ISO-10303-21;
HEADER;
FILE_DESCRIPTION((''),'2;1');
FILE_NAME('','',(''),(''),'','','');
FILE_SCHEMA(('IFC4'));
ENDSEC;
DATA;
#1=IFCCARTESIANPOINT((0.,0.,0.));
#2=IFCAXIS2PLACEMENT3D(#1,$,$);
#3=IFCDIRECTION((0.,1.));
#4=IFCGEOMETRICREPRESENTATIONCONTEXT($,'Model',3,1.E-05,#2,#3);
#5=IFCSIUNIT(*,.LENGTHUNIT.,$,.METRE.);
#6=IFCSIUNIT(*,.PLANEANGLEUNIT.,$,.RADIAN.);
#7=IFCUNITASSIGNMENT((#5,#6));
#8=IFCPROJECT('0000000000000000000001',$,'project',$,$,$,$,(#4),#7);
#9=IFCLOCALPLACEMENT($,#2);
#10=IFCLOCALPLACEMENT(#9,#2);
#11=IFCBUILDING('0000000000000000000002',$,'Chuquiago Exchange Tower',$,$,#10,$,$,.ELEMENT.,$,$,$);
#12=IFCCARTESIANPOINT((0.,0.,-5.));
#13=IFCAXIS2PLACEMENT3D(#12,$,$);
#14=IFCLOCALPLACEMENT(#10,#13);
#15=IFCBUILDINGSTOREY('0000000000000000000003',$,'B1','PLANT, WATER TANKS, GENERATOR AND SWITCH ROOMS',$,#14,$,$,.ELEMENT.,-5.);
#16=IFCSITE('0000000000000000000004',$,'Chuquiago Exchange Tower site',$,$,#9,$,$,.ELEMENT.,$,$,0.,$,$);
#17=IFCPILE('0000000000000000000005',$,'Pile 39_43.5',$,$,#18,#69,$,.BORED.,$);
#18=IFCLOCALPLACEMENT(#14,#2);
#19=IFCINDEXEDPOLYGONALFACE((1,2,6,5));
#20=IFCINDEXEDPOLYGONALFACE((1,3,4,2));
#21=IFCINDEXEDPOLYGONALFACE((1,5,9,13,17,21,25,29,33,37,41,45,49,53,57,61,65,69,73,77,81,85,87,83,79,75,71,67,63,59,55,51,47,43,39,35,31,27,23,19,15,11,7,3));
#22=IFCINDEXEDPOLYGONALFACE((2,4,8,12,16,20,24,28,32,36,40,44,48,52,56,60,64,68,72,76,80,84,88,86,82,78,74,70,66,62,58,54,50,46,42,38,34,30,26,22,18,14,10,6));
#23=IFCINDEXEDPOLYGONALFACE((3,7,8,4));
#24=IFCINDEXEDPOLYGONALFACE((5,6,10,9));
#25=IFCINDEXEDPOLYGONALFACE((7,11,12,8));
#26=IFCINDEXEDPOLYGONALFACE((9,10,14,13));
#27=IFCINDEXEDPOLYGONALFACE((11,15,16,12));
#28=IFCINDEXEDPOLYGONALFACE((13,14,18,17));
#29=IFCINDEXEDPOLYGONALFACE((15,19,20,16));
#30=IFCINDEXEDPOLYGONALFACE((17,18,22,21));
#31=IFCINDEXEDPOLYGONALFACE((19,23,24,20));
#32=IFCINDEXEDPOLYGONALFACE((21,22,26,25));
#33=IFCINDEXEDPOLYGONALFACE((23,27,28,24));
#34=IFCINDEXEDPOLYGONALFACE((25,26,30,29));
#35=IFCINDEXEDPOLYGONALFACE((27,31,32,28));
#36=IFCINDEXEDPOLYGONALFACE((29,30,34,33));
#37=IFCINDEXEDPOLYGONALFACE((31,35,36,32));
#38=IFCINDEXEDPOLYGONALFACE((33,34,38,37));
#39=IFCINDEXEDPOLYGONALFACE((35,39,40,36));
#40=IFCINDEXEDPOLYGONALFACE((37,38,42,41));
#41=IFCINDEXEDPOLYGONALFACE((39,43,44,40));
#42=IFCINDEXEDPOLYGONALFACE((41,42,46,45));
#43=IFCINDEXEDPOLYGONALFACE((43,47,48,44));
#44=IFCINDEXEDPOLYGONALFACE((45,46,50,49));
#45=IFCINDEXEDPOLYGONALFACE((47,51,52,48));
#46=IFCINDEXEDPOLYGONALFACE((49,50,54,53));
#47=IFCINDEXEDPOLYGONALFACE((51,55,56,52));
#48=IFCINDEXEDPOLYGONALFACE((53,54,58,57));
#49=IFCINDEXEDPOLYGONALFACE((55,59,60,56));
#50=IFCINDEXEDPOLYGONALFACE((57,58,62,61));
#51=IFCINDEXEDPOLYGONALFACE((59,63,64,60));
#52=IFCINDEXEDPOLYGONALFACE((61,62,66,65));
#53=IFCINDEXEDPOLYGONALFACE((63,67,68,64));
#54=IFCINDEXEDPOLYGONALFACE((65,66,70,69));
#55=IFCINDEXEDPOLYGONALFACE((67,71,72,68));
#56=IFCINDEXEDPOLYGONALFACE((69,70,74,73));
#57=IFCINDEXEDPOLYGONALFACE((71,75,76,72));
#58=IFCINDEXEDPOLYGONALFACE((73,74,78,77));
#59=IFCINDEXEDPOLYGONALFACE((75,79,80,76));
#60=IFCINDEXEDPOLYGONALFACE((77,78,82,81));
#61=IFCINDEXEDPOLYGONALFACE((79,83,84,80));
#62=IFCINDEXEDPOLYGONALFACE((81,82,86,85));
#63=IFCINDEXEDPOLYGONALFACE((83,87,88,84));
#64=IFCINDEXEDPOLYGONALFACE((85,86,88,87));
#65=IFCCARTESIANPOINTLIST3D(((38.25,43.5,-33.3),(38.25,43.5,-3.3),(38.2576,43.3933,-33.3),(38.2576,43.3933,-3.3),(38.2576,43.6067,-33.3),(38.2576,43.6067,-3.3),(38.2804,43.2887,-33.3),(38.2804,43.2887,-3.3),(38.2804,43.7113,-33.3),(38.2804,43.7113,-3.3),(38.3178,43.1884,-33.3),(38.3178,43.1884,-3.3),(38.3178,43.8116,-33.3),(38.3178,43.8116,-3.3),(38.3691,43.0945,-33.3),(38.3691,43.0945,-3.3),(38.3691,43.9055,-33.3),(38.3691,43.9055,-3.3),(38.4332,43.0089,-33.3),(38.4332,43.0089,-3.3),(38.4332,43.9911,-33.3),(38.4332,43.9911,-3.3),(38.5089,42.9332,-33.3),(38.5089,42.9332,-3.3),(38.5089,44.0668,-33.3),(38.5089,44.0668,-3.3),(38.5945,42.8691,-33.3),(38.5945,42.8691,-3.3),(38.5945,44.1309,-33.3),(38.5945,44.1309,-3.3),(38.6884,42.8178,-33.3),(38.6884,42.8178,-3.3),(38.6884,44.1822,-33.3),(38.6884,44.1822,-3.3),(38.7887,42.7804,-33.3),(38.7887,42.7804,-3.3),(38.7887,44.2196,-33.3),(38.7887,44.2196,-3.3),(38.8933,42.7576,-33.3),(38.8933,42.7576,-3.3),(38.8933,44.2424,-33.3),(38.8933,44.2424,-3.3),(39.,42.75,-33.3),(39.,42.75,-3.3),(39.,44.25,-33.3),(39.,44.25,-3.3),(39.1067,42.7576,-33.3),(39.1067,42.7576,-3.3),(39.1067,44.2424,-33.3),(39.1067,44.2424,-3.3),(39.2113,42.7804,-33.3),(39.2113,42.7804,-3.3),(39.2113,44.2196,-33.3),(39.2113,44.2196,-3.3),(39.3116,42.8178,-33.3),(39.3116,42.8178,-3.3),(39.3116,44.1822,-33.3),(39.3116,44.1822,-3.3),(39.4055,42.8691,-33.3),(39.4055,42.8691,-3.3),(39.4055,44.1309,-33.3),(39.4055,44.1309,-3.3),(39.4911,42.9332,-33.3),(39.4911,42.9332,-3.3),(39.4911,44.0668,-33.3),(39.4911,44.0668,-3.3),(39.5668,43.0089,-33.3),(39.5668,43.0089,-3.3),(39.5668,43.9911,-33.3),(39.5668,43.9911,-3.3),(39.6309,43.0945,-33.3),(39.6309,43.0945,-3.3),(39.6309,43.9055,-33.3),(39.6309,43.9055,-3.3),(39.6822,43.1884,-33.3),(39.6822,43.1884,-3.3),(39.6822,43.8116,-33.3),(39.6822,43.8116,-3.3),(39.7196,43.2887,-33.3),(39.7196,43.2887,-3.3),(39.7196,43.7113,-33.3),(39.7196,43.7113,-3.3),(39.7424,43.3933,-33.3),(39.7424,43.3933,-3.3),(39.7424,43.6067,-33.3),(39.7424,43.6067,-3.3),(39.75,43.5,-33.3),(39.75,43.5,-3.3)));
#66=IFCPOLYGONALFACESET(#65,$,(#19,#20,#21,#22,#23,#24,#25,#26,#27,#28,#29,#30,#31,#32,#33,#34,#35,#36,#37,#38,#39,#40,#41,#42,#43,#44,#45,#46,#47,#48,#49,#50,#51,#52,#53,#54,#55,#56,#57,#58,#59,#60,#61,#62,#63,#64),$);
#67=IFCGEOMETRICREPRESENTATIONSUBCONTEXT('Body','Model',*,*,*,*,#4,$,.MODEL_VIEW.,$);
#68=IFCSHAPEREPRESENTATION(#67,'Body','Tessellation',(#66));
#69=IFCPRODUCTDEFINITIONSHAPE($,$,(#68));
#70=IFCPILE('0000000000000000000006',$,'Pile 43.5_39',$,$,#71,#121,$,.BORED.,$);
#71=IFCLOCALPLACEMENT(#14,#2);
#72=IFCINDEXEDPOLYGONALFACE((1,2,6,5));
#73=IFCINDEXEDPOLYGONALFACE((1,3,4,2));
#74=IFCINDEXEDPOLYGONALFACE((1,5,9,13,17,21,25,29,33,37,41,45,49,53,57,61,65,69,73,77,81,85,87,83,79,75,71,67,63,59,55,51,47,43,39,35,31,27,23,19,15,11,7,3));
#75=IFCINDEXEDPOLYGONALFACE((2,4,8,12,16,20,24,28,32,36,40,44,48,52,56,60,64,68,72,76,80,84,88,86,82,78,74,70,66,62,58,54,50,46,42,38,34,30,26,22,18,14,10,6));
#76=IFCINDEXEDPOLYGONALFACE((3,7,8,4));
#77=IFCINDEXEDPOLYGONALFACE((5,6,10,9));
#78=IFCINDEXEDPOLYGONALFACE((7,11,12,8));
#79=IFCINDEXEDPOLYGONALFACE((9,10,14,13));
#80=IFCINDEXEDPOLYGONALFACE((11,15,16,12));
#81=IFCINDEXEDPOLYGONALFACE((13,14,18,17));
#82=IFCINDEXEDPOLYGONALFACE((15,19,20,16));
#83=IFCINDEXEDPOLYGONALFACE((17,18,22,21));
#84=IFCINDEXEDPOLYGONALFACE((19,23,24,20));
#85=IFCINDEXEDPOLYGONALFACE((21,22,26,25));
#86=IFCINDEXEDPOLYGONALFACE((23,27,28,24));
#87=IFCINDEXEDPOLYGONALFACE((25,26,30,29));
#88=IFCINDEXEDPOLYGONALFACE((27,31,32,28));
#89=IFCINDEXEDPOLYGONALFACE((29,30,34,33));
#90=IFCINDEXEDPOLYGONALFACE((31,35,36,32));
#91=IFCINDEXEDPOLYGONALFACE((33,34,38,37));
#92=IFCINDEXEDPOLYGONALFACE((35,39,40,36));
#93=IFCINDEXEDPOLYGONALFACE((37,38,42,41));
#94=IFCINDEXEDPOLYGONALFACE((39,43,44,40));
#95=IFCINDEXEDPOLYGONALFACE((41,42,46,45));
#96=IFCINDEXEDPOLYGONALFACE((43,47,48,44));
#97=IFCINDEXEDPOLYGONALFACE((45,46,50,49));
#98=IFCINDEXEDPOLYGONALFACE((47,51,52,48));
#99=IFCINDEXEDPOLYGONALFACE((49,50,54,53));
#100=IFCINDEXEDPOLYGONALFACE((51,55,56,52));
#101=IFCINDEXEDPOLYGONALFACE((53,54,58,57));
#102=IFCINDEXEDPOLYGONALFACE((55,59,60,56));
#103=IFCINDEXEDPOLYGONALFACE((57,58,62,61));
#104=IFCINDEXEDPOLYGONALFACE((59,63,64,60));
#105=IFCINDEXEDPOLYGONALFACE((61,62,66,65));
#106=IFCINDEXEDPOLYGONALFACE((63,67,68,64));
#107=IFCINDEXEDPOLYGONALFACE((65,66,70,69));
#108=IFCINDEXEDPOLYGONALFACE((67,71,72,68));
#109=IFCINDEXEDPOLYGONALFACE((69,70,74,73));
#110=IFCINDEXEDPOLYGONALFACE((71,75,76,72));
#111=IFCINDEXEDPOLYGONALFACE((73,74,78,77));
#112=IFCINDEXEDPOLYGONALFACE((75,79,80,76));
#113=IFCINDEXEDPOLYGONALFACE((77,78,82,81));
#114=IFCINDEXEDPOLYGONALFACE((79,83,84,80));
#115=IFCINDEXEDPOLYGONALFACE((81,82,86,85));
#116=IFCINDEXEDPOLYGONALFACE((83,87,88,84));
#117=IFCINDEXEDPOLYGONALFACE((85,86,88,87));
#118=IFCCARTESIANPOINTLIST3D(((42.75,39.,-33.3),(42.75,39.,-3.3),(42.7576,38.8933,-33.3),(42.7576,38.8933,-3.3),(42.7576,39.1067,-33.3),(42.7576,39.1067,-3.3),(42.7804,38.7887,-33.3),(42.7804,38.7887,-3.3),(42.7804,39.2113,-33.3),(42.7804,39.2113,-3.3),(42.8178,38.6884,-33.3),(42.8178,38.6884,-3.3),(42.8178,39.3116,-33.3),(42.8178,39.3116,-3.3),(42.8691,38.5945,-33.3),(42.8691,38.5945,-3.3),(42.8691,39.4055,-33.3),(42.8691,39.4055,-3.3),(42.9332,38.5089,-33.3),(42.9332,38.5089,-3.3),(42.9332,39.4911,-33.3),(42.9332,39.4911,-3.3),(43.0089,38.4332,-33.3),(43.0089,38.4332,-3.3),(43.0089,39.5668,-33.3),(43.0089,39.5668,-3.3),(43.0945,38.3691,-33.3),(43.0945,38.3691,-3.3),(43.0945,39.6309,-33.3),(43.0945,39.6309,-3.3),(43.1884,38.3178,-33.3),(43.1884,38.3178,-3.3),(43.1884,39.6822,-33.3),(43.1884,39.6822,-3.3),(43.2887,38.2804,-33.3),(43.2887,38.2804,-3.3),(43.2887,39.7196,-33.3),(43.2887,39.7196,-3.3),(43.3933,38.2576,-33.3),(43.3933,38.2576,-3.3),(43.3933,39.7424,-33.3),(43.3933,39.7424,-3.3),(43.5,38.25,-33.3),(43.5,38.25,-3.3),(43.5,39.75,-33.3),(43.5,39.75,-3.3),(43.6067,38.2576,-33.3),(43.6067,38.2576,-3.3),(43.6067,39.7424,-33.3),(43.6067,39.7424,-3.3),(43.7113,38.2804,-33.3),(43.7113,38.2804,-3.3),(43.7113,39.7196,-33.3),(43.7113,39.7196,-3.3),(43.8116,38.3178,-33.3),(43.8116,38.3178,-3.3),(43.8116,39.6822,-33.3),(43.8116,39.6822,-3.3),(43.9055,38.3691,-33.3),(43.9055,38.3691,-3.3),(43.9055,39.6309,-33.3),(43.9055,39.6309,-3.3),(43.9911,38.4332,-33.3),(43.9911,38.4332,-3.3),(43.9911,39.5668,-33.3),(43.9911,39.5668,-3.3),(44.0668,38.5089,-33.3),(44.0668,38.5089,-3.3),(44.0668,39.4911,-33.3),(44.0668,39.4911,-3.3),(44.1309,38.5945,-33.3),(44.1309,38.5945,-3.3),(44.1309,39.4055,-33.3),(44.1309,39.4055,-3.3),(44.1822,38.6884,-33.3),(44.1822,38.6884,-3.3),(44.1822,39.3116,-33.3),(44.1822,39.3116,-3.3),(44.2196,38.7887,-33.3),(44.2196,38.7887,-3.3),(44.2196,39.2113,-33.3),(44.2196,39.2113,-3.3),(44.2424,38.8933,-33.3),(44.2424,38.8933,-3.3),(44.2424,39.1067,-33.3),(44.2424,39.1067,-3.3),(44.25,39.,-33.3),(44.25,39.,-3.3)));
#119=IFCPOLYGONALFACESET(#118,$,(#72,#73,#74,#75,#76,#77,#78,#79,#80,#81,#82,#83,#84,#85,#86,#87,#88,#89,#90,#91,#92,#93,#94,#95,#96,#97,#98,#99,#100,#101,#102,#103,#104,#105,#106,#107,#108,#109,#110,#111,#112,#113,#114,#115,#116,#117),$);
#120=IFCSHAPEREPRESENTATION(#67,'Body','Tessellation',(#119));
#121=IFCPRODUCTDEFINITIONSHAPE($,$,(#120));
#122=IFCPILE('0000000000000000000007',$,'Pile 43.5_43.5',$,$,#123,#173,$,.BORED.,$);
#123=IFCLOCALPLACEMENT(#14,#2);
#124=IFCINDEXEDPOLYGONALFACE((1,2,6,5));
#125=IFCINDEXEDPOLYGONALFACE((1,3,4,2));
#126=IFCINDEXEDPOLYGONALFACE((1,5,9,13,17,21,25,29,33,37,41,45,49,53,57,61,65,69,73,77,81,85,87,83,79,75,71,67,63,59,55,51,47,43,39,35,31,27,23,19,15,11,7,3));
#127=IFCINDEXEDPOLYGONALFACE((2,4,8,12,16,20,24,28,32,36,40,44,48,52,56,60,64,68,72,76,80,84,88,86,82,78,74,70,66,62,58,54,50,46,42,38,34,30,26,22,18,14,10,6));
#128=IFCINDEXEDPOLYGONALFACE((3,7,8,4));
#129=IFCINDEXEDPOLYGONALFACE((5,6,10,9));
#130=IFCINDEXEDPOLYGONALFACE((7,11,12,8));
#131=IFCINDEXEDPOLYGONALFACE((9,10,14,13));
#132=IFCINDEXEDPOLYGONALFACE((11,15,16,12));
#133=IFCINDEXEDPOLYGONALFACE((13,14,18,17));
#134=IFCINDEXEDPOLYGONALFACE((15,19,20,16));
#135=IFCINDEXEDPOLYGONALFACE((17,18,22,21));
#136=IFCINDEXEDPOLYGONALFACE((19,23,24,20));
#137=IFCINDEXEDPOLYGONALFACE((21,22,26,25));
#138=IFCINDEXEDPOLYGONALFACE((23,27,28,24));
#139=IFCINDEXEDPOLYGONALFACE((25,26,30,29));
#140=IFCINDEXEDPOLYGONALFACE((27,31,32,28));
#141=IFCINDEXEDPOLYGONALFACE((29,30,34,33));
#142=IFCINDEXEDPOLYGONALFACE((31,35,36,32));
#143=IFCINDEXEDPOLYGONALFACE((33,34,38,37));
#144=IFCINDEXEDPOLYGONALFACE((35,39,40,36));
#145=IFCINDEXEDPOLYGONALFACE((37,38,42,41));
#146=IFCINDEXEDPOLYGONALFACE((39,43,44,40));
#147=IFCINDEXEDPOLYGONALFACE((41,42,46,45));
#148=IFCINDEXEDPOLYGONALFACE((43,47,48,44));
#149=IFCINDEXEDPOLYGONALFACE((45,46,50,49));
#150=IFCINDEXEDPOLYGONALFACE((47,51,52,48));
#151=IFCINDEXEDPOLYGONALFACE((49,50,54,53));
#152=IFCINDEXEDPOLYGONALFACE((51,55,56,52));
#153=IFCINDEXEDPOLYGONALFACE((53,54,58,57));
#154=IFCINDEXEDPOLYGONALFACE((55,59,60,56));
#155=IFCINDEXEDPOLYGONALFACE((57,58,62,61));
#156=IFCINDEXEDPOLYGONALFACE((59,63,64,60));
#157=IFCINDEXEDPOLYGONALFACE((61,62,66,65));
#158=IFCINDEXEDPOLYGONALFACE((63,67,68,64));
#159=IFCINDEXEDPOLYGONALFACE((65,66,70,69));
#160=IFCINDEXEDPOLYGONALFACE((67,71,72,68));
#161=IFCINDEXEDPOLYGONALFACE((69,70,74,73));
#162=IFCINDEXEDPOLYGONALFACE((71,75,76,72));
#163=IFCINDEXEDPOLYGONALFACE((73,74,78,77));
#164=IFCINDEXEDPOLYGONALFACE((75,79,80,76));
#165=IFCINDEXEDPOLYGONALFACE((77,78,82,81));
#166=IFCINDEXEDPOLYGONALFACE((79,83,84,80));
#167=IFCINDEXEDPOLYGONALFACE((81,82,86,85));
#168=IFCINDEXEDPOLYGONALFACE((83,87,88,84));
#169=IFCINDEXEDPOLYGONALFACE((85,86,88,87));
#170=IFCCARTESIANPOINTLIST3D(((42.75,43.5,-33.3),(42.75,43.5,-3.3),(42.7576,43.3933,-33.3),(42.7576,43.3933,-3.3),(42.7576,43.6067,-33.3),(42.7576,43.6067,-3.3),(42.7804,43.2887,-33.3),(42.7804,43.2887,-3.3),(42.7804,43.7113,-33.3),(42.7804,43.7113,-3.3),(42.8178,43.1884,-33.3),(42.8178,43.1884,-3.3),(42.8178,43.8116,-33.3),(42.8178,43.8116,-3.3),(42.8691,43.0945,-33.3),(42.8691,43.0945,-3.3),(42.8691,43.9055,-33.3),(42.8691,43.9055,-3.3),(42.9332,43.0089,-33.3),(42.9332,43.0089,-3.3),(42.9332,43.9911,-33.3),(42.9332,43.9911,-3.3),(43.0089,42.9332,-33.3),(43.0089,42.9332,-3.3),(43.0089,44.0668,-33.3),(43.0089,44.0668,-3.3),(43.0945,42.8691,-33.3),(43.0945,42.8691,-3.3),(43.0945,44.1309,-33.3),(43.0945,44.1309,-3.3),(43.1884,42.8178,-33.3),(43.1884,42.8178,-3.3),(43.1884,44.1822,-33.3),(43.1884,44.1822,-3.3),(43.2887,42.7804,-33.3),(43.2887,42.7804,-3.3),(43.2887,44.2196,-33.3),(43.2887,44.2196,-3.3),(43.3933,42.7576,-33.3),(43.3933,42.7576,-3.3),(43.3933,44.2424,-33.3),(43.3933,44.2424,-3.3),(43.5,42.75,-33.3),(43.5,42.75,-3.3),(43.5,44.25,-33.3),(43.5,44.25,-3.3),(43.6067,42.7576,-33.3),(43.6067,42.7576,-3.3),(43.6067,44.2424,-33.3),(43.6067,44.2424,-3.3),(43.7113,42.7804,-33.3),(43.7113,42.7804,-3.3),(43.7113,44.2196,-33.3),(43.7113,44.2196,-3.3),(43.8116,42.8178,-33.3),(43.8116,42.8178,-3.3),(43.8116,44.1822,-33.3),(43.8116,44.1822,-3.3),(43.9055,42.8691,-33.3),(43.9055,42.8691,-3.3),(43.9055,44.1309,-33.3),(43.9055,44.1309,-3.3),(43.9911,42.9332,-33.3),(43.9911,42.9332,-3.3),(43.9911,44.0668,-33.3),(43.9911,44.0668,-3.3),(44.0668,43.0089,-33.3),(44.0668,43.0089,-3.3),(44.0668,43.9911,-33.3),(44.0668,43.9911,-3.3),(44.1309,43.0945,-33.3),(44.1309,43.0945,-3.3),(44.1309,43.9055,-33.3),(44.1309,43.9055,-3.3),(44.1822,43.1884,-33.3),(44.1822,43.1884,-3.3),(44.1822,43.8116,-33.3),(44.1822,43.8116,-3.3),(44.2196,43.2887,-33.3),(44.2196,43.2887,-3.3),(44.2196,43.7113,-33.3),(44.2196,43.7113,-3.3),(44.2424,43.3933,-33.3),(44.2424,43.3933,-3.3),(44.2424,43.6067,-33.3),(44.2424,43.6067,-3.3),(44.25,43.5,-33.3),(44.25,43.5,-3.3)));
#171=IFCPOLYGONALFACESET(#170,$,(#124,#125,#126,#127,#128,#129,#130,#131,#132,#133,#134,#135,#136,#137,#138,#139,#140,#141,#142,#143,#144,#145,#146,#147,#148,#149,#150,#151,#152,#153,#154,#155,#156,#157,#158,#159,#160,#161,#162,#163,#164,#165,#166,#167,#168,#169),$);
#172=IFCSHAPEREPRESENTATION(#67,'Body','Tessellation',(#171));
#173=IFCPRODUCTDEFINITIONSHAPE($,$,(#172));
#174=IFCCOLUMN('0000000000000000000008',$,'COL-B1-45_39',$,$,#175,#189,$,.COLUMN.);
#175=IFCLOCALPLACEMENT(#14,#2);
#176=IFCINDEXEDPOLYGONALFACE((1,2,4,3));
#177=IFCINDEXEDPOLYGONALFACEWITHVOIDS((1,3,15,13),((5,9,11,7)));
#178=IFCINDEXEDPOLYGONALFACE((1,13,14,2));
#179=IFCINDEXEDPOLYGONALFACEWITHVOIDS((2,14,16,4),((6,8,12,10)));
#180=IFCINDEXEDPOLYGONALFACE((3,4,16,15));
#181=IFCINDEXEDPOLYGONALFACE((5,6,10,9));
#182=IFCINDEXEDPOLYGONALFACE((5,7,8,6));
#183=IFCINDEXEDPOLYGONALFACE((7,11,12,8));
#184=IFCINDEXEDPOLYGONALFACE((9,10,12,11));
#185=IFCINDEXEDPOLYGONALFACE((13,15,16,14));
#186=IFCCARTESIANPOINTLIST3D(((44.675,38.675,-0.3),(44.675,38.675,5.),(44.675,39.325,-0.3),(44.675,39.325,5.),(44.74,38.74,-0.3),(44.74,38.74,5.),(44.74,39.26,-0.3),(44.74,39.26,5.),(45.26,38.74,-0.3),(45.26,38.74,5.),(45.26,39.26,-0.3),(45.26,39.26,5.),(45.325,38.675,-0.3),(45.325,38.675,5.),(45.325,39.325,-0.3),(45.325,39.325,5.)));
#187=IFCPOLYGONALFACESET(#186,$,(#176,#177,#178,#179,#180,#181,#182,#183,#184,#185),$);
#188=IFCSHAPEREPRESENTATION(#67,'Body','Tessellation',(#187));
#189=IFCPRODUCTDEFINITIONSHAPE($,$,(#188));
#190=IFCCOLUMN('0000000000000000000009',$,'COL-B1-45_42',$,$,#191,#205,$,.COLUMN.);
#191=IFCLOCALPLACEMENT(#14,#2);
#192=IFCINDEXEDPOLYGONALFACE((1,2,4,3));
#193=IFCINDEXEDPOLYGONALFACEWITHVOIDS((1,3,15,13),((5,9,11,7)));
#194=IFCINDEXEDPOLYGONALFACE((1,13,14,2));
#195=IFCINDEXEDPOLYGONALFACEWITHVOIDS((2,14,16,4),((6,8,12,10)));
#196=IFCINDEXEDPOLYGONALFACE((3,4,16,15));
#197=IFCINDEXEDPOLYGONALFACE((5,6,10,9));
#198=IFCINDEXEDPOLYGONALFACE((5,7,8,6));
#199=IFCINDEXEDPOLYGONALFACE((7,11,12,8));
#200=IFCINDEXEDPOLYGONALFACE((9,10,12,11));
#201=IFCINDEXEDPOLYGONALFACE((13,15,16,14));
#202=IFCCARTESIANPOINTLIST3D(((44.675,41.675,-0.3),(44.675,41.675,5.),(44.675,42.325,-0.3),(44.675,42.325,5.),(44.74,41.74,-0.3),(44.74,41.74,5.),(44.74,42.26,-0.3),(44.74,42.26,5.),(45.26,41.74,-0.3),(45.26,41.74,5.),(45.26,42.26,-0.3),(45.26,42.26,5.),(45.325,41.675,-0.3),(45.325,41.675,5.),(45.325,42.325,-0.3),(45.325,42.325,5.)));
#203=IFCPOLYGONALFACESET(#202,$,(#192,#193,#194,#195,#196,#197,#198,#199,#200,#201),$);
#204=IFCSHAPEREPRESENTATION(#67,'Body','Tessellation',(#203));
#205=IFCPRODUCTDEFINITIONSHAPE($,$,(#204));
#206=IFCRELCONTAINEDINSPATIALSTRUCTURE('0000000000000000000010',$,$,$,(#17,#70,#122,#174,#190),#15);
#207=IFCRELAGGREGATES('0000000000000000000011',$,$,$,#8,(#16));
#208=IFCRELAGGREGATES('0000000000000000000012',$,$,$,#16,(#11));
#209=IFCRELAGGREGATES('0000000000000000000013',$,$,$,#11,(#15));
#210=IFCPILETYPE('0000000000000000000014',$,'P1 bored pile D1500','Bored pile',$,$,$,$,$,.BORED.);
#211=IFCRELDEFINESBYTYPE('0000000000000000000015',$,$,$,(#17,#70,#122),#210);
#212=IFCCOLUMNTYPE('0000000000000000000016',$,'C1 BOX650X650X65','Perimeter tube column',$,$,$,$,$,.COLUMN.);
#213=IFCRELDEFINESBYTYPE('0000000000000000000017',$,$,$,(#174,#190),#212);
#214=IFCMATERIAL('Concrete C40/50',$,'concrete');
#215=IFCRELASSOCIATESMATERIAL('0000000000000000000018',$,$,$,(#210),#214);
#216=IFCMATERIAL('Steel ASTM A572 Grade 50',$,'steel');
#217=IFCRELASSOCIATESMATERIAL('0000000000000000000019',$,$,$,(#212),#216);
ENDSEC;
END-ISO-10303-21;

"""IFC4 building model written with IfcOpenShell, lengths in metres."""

from ifc_helpers import new_model, si_unit, direction, frame, origin, origin_2d, place, context, subcontext, project, spatial, hollow_rectangle, circle, extrude, material, material_profile, profile_set, type_object, element, save


model = new_model("IFC4")

# Units and contexts
model_context = context("Model", 3, precision=1e-05, world=origin(), true_north=direction((0.0, 1.0)))
body_context = subcontext(model_context, "Body", "Model", "MODEL_VIEW")
ifc_project = project(units=[si_unit("LENGTHUNIT", "METRE"), si_unit("PLANEANGLEUNIT", "RADIAN")], contexts=[model_context])

# Site, building, storey
site_placement = place(None, origin())
site = spatial("IfcSite", under=ifc_project, at=site_placement, Name="Chuquiago Exchange Tower site", CompositionType="ELEMENT", RefElevation=0.0)
building_placement = place(site_placement, origin())
building = spatial("IfcBuilding", under=site, at=building_placement, Name="Chuquiago Exchange Tower", CompositionType="ELEMENT")
storey_placement = place(building_placement, frame((0.0, 0.0, -5.0)))
storey = spatial("IfcBuildingStorey", under=building, at=storey_placement, Name="B1", Description="PLANT, WATER TANKS, GENERATOR AND SWITCH ROOMS", CompositionType="ELEMENT", Elevation=-5.0)

# Piles
ifc_material_1 = material(Name="Concrete C40/50", Category="concrete")
ifc_material_profile_1 = material_profile(ifc_material_1, circle(Radius=0.75, at=origin_2d()), Name="D1500")
ifc_profile_set_1 = profile_set([ifc_material_profile_1], Name="Concrete C40/50")
pile_type = type_object("IfcPileType", Name="P1 bored pile D1500", Description="Bored pile", PredefinedType="BORED", material=ifc_profile_set_1)
for number, where, z_axis, x_axis, name in (
    (1, (39.0, 43.5, -3.3), (0.0, 0.0, -1.0), (1.0, 0.0, 0.0), "Pile 39_43.5"),
    (2, (43.5, 39.0, -3.3), (0.0, 0.0, -1.0), (1.0, 0.0, 0.0), "Pile 43.5_39"),
    (3, (43.5, 43.5, -3.3), (0.0, 0.0, -1.0), (1.0, 0.0, 0.0), "Pile 43.5_43.5"),
):
    element("IfcPile", number, at=place(storey_placement, frame(where, z_axis=z_axis, x_axis=x_axis)), inside=storey, type_object=pile_type, Name=name, PredefinedType="BORED", context=body_context, shape_type="SweptSolid", body=[
        extrude(circle(Radius=0.75, at=origin_2d()), origin(), (0.0, 0.0, 1.0), 30.0),
    ])

# Columns
ifc_material_2 = material(Name="Steel ASTM A572 Grade 50", Category="steel")
ifc_material_profile_2 = material_profile(ifc_material_2, hollow_rectangle(XDim=0.6499, YDim=0.6499, WallThickness=0.0649, at=origin_2d()), Name="BOX650X650X65")
ifc_profile_set_2 = profile_set([ifc_material_profile_2], Name="Steel ASTM A572 Grade 50")
column_type_1 = type_object("IfcColumnType", Name="C1 BOX650X650X65", Description="Perimeter tube column", PredefinedType="COLUMN", material=ifc_profile_set_2)
for number, where, z_axis, x_axis, name in (
    (4, (45.0, 39.0, -0.3), (0.0, 0.0, 1.0), (1.0, 0.0, 0.0), "COL-B1-45_39"),
    (5, (45.0, 42.0, -0.3), (0.0, 0.0, 1.0), (1.0, 0.0, 0.0), "COL-B1-45_42"),
):
    element("IfcColumn", number, at=place(storey_placement, frame(where, z_axis=z_axis, x_axis=x_axis)), inside=storey, type_object=column_type_1, Name=name, PredefinedType="COLUMN", context=body_context, shape_type="SweptSolid", body=[
        extrude(hollow_rectangle(XDim=0.6499, YDim=0.6499, WallThickness=0.0649, at=origin_2d()), origin(), (0.0, 0.0, 1.0), 5.3),
    ])

save(model, "model.ifc")
